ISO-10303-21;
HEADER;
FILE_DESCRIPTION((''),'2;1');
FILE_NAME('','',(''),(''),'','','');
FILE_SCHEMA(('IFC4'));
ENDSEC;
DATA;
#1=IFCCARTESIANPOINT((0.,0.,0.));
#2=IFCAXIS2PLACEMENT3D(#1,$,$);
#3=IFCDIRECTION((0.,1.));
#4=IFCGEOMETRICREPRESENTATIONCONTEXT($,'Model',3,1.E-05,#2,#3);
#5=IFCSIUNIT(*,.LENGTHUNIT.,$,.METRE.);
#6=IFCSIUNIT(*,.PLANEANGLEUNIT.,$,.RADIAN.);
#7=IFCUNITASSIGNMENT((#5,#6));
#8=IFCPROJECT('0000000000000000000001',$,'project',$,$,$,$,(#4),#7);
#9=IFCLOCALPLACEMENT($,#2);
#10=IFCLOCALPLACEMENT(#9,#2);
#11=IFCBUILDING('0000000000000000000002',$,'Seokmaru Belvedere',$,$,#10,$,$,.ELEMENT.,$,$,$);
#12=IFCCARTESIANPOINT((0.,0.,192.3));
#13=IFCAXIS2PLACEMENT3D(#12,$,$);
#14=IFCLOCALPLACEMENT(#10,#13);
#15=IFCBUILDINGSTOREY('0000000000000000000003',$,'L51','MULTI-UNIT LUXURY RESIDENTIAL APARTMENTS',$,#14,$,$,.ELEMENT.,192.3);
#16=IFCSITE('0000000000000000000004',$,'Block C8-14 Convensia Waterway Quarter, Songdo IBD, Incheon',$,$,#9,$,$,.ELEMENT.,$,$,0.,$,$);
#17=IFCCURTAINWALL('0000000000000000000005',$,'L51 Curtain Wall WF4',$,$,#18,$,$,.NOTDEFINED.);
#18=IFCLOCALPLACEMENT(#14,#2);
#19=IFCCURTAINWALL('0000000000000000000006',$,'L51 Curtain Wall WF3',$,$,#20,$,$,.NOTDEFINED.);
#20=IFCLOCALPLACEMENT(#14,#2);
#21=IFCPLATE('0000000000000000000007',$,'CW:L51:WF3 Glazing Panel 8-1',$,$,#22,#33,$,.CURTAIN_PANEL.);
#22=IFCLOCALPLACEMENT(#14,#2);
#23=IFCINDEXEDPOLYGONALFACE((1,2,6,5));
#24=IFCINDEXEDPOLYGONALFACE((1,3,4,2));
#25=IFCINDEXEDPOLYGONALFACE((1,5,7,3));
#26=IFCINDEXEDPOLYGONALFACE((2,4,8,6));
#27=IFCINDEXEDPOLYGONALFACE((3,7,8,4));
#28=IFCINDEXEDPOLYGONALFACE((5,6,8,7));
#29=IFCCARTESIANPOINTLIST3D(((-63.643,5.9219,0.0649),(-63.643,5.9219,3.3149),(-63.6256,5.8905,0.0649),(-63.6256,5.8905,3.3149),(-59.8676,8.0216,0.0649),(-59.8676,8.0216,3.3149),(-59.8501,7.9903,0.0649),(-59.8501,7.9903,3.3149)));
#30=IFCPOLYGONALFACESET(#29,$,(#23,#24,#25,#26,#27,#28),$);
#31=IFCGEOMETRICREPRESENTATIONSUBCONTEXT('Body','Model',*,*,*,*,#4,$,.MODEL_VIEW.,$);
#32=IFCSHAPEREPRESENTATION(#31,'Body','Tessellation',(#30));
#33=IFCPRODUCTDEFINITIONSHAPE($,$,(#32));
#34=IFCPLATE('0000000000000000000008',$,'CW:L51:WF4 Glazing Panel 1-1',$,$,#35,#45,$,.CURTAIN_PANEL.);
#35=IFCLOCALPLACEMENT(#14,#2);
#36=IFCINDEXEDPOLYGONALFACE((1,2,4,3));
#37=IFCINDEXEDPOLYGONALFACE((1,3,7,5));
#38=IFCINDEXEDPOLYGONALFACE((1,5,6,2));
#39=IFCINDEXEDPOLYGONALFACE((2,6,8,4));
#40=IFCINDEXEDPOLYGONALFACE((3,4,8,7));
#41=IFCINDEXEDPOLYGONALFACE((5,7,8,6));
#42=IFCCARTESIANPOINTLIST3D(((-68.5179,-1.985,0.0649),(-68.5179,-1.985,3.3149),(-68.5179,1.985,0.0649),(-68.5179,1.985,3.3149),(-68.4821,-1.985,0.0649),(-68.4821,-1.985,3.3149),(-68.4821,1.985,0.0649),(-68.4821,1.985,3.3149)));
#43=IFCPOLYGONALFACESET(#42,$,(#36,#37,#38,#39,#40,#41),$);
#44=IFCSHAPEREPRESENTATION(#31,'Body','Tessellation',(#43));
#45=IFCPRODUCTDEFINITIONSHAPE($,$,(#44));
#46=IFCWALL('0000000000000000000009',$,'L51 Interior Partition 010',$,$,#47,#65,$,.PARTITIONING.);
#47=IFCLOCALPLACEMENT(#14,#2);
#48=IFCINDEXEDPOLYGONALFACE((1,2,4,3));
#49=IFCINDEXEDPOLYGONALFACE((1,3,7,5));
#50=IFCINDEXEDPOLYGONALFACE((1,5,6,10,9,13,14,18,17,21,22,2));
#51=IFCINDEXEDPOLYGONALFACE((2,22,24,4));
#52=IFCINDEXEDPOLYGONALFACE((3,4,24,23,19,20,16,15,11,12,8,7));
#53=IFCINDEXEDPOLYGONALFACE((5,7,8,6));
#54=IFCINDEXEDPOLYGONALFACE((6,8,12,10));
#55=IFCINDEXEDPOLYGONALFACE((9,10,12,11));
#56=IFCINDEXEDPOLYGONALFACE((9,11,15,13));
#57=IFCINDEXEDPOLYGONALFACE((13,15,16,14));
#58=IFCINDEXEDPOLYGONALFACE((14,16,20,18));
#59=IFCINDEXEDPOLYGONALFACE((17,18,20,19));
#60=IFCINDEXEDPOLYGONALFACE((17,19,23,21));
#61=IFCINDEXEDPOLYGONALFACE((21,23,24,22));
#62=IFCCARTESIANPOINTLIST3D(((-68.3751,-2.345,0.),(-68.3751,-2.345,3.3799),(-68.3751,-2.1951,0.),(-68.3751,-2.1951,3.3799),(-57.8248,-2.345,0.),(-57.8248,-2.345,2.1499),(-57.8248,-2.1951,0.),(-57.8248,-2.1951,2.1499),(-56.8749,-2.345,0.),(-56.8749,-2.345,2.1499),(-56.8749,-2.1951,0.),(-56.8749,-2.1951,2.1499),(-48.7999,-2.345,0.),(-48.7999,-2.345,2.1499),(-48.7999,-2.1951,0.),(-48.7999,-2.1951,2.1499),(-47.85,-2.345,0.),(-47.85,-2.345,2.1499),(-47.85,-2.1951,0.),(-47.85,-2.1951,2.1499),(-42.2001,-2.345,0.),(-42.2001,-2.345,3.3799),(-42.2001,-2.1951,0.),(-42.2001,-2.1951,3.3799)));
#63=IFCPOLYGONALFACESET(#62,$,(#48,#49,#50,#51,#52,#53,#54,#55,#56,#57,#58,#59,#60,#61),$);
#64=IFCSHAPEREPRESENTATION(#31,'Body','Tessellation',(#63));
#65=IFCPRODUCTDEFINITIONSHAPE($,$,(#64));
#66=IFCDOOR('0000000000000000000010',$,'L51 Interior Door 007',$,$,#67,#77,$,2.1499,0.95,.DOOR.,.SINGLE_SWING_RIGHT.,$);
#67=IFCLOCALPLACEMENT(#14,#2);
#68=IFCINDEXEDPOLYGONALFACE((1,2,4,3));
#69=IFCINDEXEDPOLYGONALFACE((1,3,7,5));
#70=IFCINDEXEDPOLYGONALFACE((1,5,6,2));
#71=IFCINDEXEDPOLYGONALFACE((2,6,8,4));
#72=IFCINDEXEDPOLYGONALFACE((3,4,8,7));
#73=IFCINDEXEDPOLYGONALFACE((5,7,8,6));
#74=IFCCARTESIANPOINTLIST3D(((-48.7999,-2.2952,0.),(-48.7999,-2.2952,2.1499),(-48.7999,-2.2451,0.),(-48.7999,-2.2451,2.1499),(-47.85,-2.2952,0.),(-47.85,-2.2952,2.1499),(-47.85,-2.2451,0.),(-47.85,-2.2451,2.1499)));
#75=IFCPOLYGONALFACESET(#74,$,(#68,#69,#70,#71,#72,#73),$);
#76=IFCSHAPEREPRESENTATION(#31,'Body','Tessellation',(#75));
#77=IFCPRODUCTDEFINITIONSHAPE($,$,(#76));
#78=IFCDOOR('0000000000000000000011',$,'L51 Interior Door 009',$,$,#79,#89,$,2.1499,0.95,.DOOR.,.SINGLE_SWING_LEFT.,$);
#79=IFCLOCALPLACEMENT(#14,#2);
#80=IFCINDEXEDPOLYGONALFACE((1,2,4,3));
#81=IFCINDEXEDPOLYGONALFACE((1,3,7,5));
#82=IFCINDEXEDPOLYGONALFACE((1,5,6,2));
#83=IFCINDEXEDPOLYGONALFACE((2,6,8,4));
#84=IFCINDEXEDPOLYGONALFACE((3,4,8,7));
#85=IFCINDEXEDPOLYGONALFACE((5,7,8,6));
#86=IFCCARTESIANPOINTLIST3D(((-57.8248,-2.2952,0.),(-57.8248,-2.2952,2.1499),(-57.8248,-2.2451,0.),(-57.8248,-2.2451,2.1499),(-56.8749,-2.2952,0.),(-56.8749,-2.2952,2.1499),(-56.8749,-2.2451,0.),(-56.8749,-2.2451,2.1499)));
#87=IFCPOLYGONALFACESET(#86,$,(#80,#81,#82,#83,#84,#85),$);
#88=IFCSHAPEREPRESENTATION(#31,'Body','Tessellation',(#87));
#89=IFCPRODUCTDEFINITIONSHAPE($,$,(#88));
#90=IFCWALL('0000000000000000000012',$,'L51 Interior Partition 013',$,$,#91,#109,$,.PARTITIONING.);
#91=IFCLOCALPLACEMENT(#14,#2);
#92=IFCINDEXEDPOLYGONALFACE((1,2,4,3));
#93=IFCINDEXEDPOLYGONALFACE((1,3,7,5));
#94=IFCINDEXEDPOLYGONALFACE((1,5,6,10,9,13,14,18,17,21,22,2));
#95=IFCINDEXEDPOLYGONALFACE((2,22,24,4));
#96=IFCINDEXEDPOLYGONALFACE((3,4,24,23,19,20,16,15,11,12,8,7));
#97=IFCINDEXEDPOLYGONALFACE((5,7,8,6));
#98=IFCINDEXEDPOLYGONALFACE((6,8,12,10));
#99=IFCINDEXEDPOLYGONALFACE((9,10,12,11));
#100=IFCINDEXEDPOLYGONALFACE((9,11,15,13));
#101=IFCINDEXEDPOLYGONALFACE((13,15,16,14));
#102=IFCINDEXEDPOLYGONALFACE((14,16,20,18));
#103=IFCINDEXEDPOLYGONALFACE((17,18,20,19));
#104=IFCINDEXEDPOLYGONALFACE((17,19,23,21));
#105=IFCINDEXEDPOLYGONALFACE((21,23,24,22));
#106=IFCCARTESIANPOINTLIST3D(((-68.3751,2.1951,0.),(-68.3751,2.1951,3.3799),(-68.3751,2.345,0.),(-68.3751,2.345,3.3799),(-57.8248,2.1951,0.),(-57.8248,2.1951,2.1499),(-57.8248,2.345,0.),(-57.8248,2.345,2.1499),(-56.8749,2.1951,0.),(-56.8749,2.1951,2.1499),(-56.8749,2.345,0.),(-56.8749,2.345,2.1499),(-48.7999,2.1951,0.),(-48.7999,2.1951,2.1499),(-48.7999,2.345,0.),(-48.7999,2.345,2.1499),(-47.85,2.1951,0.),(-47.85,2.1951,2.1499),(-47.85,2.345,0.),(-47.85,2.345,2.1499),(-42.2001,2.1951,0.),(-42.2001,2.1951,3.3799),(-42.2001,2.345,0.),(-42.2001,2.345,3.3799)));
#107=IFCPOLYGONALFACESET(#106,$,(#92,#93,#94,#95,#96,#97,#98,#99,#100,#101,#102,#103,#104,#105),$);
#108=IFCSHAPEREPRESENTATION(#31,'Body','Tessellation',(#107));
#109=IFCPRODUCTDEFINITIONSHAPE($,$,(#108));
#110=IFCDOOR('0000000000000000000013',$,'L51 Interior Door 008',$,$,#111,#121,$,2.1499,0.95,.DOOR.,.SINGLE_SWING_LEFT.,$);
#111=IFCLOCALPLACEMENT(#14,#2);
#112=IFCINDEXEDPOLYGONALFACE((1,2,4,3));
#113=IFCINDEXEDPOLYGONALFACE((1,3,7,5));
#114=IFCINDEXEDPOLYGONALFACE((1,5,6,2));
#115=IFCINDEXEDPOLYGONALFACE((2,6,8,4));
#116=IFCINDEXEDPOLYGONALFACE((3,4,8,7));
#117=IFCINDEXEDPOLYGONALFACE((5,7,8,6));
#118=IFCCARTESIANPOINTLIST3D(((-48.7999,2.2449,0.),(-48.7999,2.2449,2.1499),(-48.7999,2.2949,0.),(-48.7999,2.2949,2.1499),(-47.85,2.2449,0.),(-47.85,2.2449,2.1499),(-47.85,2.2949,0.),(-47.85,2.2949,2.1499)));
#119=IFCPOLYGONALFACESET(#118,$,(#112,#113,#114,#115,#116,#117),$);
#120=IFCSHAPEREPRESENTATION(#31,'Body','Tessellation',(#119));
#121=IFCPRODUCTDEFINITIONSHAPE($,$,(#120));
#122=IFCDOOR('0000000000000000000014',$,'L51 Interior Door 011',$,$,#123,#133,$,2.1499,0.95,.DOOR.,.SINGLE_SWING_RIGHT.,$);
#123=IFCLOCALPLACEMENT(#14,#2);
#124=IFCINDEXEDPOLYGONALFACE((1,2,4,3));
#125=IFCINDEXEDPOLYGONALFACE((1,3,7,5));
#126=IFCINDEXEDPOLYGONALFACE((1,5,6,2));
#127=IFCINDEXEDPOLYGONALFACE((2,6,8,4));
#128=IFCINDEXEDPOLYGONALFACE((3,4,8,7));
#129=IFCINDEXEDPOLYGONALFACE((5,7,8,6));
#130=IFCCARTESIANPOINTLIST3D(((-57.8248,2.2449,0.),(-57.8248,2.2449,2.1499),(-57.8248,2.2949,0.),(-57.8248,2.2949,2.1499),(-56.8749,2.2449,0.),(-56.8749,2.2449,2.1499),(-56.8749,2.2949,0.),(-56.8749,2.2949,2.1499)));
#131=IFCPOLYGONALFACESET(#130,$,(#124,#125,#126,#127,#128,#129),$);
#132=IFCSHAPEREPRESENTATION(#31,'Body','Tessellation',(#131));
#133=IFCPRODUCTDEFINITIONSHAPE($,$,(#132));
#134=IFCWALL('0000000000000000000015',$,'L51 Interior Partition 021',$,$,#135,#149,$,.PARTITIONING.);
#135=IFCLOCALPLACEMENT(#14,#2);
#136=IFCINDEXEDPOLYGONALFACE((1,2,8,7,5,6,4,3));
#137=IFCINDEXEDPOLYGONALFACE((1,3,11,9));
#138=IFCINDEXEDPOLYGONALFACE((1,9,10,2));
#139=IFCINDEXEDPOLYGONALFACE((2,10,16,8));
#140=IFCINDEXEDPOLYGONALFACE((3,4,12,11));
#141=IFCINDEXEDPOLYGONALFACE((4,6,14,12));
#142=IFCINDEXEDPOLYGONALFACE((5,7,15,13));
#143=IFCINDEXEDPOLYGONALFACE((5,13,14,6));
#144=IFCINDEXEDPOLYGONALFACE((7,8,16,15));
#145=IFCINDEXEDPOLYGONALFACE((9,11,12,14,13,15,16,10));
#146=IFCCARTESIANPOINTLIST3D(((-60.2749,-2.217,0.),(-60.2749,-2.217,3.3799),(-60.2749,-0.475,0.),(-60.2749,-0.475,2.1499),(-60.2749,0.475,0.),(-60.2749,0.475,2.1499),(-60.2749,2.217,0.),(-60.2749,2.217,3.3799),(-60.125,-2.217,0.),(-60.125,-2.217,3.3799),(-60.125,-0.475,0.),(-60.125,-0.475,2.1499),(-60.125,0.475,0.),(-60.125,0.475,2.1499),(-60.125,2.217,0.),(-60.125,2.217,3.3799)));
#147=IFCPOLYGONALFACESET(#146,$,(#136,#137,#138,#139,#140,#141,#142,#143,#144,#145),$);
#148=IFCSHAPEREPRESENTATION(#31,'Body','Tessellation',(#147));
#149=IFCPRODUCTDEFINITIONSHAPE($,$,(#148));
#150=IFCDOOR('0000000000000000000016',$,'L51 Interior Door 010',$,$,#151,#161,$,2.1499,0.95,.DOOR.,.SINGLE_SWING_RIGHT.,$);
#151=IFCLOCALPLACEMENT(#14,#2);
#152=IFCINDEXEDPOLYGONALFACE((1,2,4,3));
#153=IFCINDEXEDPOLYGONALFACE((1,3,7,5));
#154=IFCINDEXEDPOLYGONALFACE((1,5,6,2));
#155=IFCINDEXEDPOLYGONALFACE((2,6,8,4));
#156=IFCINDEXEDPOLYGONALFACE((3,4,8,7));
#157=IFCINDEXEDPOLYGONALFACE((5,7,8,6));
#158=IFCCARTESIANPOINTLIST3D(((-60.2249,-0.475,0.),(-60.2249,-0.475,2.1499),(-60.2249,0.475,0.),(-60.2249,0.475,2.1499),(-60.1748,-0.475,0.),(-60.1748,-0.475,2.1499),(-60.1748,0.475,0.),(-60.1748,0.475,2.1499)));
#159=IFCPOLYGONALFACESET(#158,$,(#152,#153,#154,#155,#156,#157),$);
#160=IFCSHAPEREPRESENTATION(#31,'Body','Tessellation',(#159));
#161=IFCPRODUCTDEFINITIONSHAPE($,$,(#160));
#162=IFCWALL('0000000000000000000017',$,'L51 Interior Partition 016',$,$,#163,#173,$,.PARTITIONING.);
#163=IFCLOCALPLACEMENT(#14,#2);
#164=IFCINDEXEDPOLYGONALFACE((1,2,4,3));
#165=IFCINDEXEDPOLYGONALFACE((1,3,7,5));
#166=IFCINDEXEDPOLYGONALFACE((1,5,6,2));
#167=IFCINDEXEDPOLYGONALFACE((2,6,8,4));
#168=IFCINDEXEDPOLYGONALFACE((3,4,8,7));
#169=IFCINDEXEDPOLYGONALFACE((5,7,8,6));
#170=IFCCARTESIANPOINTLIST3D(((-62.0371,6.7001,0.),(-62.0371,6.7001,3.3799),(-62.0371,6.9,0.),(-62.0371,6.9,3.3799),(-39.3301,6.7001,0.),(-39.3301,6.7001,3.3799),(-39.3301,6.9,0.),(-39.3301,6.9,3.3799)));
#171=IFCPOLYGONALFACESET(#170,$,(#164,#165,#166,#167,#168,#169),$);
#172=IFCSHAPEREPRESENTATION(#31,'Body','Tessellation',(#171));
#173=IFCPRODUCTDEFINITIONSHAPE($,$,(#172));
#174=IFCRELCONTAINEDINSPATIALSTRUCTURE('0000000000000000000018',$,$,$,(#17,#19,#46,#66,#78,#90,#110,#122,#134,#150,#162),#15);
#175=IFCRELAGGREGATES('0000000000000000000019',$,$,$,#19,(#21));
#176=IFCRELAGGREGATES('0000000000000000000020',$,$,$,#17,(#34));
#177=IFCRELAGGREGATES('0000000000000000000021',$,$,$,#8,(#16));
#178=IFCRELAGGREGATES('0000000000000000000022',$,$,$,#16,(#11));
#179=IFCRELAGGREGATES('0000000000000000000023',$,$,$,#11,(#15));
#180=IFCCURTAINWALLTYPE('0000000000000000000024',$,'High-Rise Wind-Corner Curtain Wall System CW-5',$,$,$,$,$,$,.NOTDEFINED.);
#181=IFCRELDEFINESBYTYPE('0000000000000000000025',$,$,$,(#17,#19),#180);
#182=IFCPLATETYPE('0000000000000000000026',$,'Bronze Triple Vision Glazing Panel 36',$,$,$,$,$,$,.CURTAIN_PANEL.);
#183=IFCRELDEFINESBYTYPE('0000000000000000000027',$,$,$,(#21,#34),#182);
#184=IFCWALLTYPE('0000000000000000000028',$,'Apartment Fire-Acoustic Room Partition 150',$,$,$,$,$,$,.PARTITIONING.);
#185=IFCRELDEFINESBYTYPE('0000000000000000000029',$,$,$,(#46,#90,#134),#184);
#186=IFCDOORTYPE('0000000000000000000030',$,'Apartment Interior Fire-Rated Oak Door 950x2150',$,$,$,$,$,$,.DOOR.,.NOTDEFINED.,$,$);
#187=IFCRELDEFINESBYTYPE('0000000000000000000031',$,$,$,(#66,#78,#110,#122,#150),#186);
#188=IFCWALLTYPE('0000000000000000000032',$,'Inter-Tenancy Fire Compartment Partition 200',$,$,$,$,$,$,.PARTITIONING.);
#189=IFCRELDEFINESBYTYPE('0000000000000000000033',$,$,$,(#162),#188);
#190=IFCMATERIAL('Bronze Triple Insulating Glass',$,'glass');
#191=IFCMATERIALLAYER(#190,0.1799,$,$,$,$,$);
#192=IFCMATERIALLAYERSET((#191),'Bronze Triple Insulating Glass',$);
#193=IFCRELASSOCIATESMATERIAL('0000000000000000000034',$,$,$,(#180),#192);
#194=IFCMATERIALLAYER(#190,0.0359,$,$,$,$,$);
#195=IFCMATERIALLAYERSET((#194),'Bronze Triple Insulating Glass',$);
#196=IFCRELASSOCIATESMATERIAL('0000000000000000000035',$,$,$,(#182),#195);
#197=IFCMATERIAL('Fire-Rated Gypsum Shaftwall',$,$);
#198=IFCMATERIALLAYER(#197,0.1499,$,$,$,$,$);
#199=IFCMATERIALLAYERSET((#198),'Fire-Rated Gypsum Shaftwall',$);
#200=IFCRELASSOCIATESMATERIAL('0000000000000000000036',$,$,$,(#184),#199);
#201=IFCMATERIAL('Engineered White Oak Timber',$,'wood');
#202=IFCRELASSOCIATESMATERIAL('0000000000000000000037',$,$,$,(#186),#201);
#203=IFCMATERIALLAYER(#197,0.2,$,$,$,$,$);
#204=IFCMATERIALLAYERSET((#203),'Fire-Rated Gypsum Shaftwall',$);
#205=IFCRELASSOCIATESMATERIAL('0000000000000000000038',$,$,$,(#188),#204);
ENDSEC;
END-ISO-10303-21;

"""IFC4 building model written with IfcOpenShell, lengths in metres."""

from ifc_helpers import new_model, si_unit, direction, frame, frame_2d, origin, origin_2d, place, context, subcontext, project, spatial, rectangle, extrude, source, transform, mapped, material, layer, layer_set, type_object, type_shapes, element, fill, aggregate, save


model = new_model("IFC4")

# Units and contexts
model_context = context("Model", 3, precision=1e-05, world=origin(), true_north=direction((0.0, 1.0)))
body_context = subcontext(model_context, "Body", "Model", "MODEL_VIEW")
ifc_project = project(units=[si_unit("LENGTHUNIT", "METRE"), si_unit("PLANEANGLEUNIT", "RADIAN")], contexts=[model_context])

# Site, building, storey
site_placement = place(None, origin())
site = spatial("IfcSite", under=ifc_project, at=site_placement, Name="Block C8-14 Convensia Waterway Quarter, Songdo IBD, Incheon", CompositionType="ELEMENT", RefElevation=0.0)
building_placement = place(site_placement, origin())
building = spatial("IfcBuilding", under=site, at=building_placement, Name="Seokmaru Belvedere", CompositionType="ELEMENT")
storey_placement = place(building_placement, frame((0.0, 0.0, 192.3)))
storey = spatial("IfcBuildingStorey", under=building, at=storey_placement, Name="L51", Description="MULTI-UNIT LUXURY RESIDENTIAL APARTMENTS", CompositionType="ELEMENT", Elevation=192.3)

# Curtain wall
ifc_material_1 = material(Name="Bronze Triple Insulating Glass", Category="glass")
ifc_layer_1 = layer(ifc_material_1, 0.1799)
ifc_layer_set_1 = layer_set([ifc_layer_1], Name="Bronze Triple Insulating Glass")
curtain_wall_type = type_object("IfcCurtainWallType", Name="High-Rise Wind-Corner Curtain Wall System CW-5", PredefinedType="NOTDEFINED", material=ifc_layer_set_1)
curtain_wall_1_placement = place(storey_placement, origin())
curtain_wall_1 = element("IfcCurtainWall", 1, at=curtain_wall_1_placement, inside=storey, type_object=curtain_wall_type, Name="L51 Curtain Wall WF4", PredefinedType="NOTDEFINED")

# Curtain wall
curtain_wall_2_placement = place(storey_placement, origin())
curtain_wall_2 = element("IfcCurtainWall", 2, at=curtain_wall_2_placement, inside=storey, type_object=curtain_wall_type, Name="L51 Curtain Wall WF3", PredefinedType="NOTDEFINED")

# Plates
ifc_layer_2 = layer(ifc_material_1, 0.0359)
ifc_layer_set_2 = layer_set([ifc_layer_2], Name="Bronze Triple Insulating Glass")
plate_type = type_object("IfcPlateType", Name="Bronze Triple Vision Glazing Panel 36", PredefinedType="CURTAIN_PANEL", material=ifc_layer_set_2)
shared_shape_1 = source(origin(), body_context, "Body", "SweptSolid", [
    extrude(rectangle(XDim=4.3201, YDim=0.0359, at=origin_2d()), origin(), (0.0, 0.0, 1.0), 3.25),
])
plate_1_placement = place(storey_placement, frame((-61.7466, 6.9561, 0.0649), z_axis=(0.0, 0.0, 1.0), x_axis=(-0.873933, -0.486047, 0.0)))
plate_1 = element("IfcPlate", 3, at=plate_1_placement, type_object=plate_type, Name="CW:L51:WF3 Glazing Panel 8-1", PredefinedType="CURTAIN_PANEL", context=body_context, shape_type="MappedRepresentation", body=[
    mapped(shared_shape_1, transform((0.0, 0.0, 0.0), scale=1.0)),
])
aggregate(curtain_wall_2, [plate_1])
shared_shape_2 = source(origin(), body_context, "Body", "SweptSolid", [
    extrude(rectangle(XDim=3.97, YDim=0.0359, at=origin_2d()), origin(), (0.0, 0.0, 1.0), 3.25),
])
plate_2_placement = place(storey_placement, frame((-68.5, 0.0, 0.0649), z_axis=(0.0, 0.0, 1.0), x_axis=(0.0, -1.0, 0.0)))
plate_2 = element("IfcPlate", 4, at=plate_2_placement, type_object=plate_type, Name="CW:L51:WF4 Glazing Panel 1-1", PredefinedType="CURTAIN_PANEL", context=body_context, shape_type="MappedRepresentation", body=[
    mapped(shared_shape_2, transform((0.0, 0.0, 0.0), scale=1.0)),
])
aggregate(curtain_wall_1, [plate_2])

# Walls, openings, doors
ifc_material_2 = material(Name="Fire-Rated Gypsum Shaftwall")
ifc_layer_3 = layer(ifc_material_2, 0.1499)
ifc_layer_set_3 = layer_set([ifc_layer_3], Name="Fire-Rated Gypsum Shaftwall")
wall_type_1 = type_object("IfcWallType", Name="Apartment Fire-Acoustic Room Partition 150", PredefinedType="PARTITIONING", material=ifc_layer_set_3)
wall_1_placement = place(storey_placement, frame((-68.375, -2.27, 0.0), z_axis=(0.0, 0.0, 1.0), x_axis=(1.0, 0.0, 0.0)))
wall_1 = element("IfcWall", 5, at=wall_1_placement, inside=storey, type_object=wall_type_1, Name="L51 Interior Partition 010", PredefinedType="PARTITIONING", context=body_context, shape_type="SweptSolid", body=[
    extrude(rectangle(XDim=26.175, YDim=0.1499, at=frame_2d((13.0874, 0.0))), origin(), (0.0, 0.0, 1.0), 3.3799),
])
opening_1_placement = place(wall_1_placement, frame((19.575, 0.0, 0.0)))
opening_1 = element("IfcOpeningElement", 6, at=opening_1_placement, cuts=wall_1, PredefinedType="OPENING", context=body_context, shape_type="SweptSolid", body=[
    extrude(rectangle(XDim=0.95, YDim=2.1499, at=frame_2d((0.4751, 1.075))), frame((0.0, 0.085, 0.0), z_axis=(0.0, -1.0, 0.0), x_axis=(1.0, 0.0, 0.0)), (0.0, 0.0, 1.0), 0.1699),
])
opening_2_placement = place(wall_1_placement, frame((10.55, 0.0, 0.0)))
opening_2 = element("IfcOpeningElement", 7, at=opening_2_placement, cuts=wall_1, PredefinedType="OPENING", context=body_context, shape_type="SweptSolid", body=[
    extrude(rectangle(XDim=0.95, YDim=2.1499, at=frame_2d((0.4751, 1.075))), frame((0.0, 0.085, 0.0), z_axis=(0.0, -1.0, 0.0), x_axis=(1.0, 0.0, 0.0)), (0.0, 0.0, 1.0), 0.1699),
])
ifc_material_3 = material(Name="Engineered White Oak Timber", Category="wood")
door_type = type_object("IfcDoorType", Name="Apartment Interior Fire-Rated Oak Door 950x2150", OperationType="NOTDEFINED", PredefinedType="DOOR", material=ifc_material_3)
shared_shape_3 = source(origin(), body_context, "Body", "SweptSolid", [
    extrude(rectangle(XDim=0.95, YDim=2.1499, at=frame_2d((0.4751, 1.075))), frame((0.0, 0.0249, 0.0), z_axis=(0.0, -1.0, 0.0), x_axis=(1.0, 0.0, 0.0)), (0.0, 0.0, 1.0), 0.05),
])
type_shapes(door_type, [shared_shape_3])
door_1_placement = place(opening_1_placement, origin())
door_1 = element("IfcDoor", 8, at=door_1_placement, inside=storey, type_object=door_type, Name="L51 Interior Door 007", OperationType="SINGLE_SWING_RIGHT", OverallHeight=2.1499, OverallWidth=0.95, PredefinedType="DOOR", context=body_context, shape_type="MappedRepresentation", body=[
    mapped(shared_shape_3, transform((0.0, 0.0, 0.0), scale=1.0)),
])
fill(opening_1, door_1)
door_2_placement = place(opening_2_placement, origin())
door_2 = element("IfcDoor", 9, at=door_2_placement, inside=storey, type_object=door_type, Name="L51 Interior Door 009", OperationType="SINGLE_SWING_LEFT", OverallHeight=2.1499, OverallWidth=0.95, PredefinedType="DOOR", context=body_context, shape_type="MappedRepresentation", body=[
    mapped(shared_shape_3, transform((0.0, 0.0, 0.0), scale=1.0)),
])
fill(opening_2, door_2)
wall_2_placement = place(storey_placement, frame((-68.375, 2.27, 0.0), z_axis=(0.0, 0.0, 1.0), x_axis=(1.0, 0.0, 0.0)))
wall_2 = element("IfcWall", 10, at=wall_2_placement, inside=storey, type_object=wall_type_1, Name="L51 Interior Partition 013", PredefinedType="PARTITIONING", context=body_context, shape_type="SweptSolid", body=[
    extrude(rectangle(XDim=26.175, YDim=0.1499, at=frame_2d((13.0874, 0.0))), origin(), (0.0, 0.0, 1.0), 3.3799),
])
opening_3_placement = place(wall_2_placement, frame((19.575, 0.0, 0.0)))
opening_3 = element("IfcOpeningElement", 11, at=opening_3_placement, cuts=wall_2, PredefinedType="OPENING", context=body_context, shape_type="SweptSolid", body=[
    extrude(rectangle(XDim=0.95, YDim=2.1499, at=frame_2d((0.4751, 1.075))), frame((0.0, 0.085, 0.0), z_axis=(0.0, -1.0, 0.0), x_axis=(1.0, 0.0, 0.0)), (0.0, 0.0, 1.0), 0.1699),
])
opening_4_placement = place(wall_2_placement, frame((10.55, 0.0, 0.0)))
opening_4 = element("IfcOpeningElement", 12, at=opening_4_placement, cuts=wall_2, PredefinedType="OPENING", context=body_context, shape_type="SweptSolid", body=[
    extrude(rectangle(XDim=0.95, YDim=2.1499, at=frame_2d((0.4751, 1.075))), frame((0.0, 0.085, 0.0), z_axis=(0.0, -1.0, 0.0), x_axis=(1.0, 0.0, 0.0)), (0.0, 0.0, 1.0), 0.1699),
])
door_3_placement = place(opening_3_placement, origin())
door_3 = element("IfcDoor", 13, at=door_3_placement, inside=storey, type_object=door_type, Name="L51 Interior Door 008", OperationType="SINGLE_SWING_LEFT", OverallHeight=2.1499, OverallWidth=0.95, PredefinedType="DOOR", context=body_context, shape_type="MappedRepresentation", body=[
    mapped(shared_shape_3, transform((0.0, 0.0, 0.0), scale=1.0)),
])
fill(opening_3, door_3)
door_4_placement = place(opening_4_placement, origin())
door_4 = element("IfcDoor", 14, at=door_4_placement, inside=storey, type_object=door_type, Name="L51 Interior Door 011", OperationType="SINGLE_SWING_RIGHT", OverallHeight=2.1499, OverallWidth=0.95, PredefinedType="DOOR", context=body_context, shape_type="MappedRepresentation", body=[
    mapped(shared_shape_3, transform((0.0, 0.0, 0.0), scale=1.0)),
])
fill(opening_4, door_4)

# Wall, opening, door
wall_3_placement = place(storey_placement, frame((-60.2, -2.217, 0.0), z_axis=(0.0, 0.0, 1.0), x_axis=(0.0, 1.0, 0.0)))
wall_3 = element("IfcWall", 15, at=wall_3_placement, inside=storey, type_object=wall_type_1, Name="L51 Interior Partition 021", PredefinedType="PARTITIONING", context=body_context, shape_type="SweptSolid", body=[
    extrude(rectangle(XDim=4.4341, YDim=0.1499, at=frame_2d((2.217, 0.0))), origin(), (0.0, 0.0, 1.0), 3.3799),
])
opening_5_placement = place(wall_3_placement, frame((1.7419, 0.0, 0.0)))
opening_5 = element("IfcOpeningElement", 16, at=opening_5_placement, cuts=wall_3, PredefinedType="OPENING", context=body_context, shape_type="SweptSolid", body=[
    extrude(rectangle(XDim=0.95, YDim=2.1499, at=frame_2d((0.4751, 1.075))), frame((0.0, 0.085, 0.0), z_axis=(0.0, -1.0, 0.0), x_axis=(1.0, 0.0, 0.0)), (0.0, 0.0, 1.0), 0.1699),
])
door_5_placement = place(opening_5_placement, origin())
door_5 = element("IfcDoor", 17, at=door_5_placement, inside=storey, type_object=door_type, Name="L51 Interior Door 010", OperationType="SINGLE_SWING_RIGHT", OverallHeight=2.1499, OverallWidth=0.95, PredefinedType="DOOR", context=body_context, shape_type="MappedRepresentation", body=[
    mapped(shared_shape_3, transform((0.0, 0.0, 0.0), scale=1.0)),
])
fill(opening_5, door_5)

# Wall
ifc_layer_4 = layer(ifc_material_2, 0.2)
ifc_layer_set_4 = layer_set([ifc_layer_4], Name="Fire-Rated Gypsum Shaftwall")
wall_type_2 = type_object("IfcWallType", Name="Inter-Tenancy Fire Compartment Partition 200", PredefinedType="PARTITIONING", material=ifc_layer_set_4)
wall_4_placement = place(storey_placement, frame((-62.0371, 6.8, 0.0), z_axis=(0.0, 0.0, 1.0), x_axis=(1.0, 0.0, 0.0)))
element("IfcWall", 18, at=wall_4_placement, inside=storey, type_object=wall_type_2, Name="L51 Interior Partition 016", PredefinedType="PARTITIONING", context=body_context, shape_type="SweptSolid", body=[
    extrude(rectangle(XDim=22.707, YDim=0.2, at=frame_2d((11.3535, 0.0))), origin(), (0.0, 0.0, 1.0), 3.3799),
])

save(model, "model.ifc")
